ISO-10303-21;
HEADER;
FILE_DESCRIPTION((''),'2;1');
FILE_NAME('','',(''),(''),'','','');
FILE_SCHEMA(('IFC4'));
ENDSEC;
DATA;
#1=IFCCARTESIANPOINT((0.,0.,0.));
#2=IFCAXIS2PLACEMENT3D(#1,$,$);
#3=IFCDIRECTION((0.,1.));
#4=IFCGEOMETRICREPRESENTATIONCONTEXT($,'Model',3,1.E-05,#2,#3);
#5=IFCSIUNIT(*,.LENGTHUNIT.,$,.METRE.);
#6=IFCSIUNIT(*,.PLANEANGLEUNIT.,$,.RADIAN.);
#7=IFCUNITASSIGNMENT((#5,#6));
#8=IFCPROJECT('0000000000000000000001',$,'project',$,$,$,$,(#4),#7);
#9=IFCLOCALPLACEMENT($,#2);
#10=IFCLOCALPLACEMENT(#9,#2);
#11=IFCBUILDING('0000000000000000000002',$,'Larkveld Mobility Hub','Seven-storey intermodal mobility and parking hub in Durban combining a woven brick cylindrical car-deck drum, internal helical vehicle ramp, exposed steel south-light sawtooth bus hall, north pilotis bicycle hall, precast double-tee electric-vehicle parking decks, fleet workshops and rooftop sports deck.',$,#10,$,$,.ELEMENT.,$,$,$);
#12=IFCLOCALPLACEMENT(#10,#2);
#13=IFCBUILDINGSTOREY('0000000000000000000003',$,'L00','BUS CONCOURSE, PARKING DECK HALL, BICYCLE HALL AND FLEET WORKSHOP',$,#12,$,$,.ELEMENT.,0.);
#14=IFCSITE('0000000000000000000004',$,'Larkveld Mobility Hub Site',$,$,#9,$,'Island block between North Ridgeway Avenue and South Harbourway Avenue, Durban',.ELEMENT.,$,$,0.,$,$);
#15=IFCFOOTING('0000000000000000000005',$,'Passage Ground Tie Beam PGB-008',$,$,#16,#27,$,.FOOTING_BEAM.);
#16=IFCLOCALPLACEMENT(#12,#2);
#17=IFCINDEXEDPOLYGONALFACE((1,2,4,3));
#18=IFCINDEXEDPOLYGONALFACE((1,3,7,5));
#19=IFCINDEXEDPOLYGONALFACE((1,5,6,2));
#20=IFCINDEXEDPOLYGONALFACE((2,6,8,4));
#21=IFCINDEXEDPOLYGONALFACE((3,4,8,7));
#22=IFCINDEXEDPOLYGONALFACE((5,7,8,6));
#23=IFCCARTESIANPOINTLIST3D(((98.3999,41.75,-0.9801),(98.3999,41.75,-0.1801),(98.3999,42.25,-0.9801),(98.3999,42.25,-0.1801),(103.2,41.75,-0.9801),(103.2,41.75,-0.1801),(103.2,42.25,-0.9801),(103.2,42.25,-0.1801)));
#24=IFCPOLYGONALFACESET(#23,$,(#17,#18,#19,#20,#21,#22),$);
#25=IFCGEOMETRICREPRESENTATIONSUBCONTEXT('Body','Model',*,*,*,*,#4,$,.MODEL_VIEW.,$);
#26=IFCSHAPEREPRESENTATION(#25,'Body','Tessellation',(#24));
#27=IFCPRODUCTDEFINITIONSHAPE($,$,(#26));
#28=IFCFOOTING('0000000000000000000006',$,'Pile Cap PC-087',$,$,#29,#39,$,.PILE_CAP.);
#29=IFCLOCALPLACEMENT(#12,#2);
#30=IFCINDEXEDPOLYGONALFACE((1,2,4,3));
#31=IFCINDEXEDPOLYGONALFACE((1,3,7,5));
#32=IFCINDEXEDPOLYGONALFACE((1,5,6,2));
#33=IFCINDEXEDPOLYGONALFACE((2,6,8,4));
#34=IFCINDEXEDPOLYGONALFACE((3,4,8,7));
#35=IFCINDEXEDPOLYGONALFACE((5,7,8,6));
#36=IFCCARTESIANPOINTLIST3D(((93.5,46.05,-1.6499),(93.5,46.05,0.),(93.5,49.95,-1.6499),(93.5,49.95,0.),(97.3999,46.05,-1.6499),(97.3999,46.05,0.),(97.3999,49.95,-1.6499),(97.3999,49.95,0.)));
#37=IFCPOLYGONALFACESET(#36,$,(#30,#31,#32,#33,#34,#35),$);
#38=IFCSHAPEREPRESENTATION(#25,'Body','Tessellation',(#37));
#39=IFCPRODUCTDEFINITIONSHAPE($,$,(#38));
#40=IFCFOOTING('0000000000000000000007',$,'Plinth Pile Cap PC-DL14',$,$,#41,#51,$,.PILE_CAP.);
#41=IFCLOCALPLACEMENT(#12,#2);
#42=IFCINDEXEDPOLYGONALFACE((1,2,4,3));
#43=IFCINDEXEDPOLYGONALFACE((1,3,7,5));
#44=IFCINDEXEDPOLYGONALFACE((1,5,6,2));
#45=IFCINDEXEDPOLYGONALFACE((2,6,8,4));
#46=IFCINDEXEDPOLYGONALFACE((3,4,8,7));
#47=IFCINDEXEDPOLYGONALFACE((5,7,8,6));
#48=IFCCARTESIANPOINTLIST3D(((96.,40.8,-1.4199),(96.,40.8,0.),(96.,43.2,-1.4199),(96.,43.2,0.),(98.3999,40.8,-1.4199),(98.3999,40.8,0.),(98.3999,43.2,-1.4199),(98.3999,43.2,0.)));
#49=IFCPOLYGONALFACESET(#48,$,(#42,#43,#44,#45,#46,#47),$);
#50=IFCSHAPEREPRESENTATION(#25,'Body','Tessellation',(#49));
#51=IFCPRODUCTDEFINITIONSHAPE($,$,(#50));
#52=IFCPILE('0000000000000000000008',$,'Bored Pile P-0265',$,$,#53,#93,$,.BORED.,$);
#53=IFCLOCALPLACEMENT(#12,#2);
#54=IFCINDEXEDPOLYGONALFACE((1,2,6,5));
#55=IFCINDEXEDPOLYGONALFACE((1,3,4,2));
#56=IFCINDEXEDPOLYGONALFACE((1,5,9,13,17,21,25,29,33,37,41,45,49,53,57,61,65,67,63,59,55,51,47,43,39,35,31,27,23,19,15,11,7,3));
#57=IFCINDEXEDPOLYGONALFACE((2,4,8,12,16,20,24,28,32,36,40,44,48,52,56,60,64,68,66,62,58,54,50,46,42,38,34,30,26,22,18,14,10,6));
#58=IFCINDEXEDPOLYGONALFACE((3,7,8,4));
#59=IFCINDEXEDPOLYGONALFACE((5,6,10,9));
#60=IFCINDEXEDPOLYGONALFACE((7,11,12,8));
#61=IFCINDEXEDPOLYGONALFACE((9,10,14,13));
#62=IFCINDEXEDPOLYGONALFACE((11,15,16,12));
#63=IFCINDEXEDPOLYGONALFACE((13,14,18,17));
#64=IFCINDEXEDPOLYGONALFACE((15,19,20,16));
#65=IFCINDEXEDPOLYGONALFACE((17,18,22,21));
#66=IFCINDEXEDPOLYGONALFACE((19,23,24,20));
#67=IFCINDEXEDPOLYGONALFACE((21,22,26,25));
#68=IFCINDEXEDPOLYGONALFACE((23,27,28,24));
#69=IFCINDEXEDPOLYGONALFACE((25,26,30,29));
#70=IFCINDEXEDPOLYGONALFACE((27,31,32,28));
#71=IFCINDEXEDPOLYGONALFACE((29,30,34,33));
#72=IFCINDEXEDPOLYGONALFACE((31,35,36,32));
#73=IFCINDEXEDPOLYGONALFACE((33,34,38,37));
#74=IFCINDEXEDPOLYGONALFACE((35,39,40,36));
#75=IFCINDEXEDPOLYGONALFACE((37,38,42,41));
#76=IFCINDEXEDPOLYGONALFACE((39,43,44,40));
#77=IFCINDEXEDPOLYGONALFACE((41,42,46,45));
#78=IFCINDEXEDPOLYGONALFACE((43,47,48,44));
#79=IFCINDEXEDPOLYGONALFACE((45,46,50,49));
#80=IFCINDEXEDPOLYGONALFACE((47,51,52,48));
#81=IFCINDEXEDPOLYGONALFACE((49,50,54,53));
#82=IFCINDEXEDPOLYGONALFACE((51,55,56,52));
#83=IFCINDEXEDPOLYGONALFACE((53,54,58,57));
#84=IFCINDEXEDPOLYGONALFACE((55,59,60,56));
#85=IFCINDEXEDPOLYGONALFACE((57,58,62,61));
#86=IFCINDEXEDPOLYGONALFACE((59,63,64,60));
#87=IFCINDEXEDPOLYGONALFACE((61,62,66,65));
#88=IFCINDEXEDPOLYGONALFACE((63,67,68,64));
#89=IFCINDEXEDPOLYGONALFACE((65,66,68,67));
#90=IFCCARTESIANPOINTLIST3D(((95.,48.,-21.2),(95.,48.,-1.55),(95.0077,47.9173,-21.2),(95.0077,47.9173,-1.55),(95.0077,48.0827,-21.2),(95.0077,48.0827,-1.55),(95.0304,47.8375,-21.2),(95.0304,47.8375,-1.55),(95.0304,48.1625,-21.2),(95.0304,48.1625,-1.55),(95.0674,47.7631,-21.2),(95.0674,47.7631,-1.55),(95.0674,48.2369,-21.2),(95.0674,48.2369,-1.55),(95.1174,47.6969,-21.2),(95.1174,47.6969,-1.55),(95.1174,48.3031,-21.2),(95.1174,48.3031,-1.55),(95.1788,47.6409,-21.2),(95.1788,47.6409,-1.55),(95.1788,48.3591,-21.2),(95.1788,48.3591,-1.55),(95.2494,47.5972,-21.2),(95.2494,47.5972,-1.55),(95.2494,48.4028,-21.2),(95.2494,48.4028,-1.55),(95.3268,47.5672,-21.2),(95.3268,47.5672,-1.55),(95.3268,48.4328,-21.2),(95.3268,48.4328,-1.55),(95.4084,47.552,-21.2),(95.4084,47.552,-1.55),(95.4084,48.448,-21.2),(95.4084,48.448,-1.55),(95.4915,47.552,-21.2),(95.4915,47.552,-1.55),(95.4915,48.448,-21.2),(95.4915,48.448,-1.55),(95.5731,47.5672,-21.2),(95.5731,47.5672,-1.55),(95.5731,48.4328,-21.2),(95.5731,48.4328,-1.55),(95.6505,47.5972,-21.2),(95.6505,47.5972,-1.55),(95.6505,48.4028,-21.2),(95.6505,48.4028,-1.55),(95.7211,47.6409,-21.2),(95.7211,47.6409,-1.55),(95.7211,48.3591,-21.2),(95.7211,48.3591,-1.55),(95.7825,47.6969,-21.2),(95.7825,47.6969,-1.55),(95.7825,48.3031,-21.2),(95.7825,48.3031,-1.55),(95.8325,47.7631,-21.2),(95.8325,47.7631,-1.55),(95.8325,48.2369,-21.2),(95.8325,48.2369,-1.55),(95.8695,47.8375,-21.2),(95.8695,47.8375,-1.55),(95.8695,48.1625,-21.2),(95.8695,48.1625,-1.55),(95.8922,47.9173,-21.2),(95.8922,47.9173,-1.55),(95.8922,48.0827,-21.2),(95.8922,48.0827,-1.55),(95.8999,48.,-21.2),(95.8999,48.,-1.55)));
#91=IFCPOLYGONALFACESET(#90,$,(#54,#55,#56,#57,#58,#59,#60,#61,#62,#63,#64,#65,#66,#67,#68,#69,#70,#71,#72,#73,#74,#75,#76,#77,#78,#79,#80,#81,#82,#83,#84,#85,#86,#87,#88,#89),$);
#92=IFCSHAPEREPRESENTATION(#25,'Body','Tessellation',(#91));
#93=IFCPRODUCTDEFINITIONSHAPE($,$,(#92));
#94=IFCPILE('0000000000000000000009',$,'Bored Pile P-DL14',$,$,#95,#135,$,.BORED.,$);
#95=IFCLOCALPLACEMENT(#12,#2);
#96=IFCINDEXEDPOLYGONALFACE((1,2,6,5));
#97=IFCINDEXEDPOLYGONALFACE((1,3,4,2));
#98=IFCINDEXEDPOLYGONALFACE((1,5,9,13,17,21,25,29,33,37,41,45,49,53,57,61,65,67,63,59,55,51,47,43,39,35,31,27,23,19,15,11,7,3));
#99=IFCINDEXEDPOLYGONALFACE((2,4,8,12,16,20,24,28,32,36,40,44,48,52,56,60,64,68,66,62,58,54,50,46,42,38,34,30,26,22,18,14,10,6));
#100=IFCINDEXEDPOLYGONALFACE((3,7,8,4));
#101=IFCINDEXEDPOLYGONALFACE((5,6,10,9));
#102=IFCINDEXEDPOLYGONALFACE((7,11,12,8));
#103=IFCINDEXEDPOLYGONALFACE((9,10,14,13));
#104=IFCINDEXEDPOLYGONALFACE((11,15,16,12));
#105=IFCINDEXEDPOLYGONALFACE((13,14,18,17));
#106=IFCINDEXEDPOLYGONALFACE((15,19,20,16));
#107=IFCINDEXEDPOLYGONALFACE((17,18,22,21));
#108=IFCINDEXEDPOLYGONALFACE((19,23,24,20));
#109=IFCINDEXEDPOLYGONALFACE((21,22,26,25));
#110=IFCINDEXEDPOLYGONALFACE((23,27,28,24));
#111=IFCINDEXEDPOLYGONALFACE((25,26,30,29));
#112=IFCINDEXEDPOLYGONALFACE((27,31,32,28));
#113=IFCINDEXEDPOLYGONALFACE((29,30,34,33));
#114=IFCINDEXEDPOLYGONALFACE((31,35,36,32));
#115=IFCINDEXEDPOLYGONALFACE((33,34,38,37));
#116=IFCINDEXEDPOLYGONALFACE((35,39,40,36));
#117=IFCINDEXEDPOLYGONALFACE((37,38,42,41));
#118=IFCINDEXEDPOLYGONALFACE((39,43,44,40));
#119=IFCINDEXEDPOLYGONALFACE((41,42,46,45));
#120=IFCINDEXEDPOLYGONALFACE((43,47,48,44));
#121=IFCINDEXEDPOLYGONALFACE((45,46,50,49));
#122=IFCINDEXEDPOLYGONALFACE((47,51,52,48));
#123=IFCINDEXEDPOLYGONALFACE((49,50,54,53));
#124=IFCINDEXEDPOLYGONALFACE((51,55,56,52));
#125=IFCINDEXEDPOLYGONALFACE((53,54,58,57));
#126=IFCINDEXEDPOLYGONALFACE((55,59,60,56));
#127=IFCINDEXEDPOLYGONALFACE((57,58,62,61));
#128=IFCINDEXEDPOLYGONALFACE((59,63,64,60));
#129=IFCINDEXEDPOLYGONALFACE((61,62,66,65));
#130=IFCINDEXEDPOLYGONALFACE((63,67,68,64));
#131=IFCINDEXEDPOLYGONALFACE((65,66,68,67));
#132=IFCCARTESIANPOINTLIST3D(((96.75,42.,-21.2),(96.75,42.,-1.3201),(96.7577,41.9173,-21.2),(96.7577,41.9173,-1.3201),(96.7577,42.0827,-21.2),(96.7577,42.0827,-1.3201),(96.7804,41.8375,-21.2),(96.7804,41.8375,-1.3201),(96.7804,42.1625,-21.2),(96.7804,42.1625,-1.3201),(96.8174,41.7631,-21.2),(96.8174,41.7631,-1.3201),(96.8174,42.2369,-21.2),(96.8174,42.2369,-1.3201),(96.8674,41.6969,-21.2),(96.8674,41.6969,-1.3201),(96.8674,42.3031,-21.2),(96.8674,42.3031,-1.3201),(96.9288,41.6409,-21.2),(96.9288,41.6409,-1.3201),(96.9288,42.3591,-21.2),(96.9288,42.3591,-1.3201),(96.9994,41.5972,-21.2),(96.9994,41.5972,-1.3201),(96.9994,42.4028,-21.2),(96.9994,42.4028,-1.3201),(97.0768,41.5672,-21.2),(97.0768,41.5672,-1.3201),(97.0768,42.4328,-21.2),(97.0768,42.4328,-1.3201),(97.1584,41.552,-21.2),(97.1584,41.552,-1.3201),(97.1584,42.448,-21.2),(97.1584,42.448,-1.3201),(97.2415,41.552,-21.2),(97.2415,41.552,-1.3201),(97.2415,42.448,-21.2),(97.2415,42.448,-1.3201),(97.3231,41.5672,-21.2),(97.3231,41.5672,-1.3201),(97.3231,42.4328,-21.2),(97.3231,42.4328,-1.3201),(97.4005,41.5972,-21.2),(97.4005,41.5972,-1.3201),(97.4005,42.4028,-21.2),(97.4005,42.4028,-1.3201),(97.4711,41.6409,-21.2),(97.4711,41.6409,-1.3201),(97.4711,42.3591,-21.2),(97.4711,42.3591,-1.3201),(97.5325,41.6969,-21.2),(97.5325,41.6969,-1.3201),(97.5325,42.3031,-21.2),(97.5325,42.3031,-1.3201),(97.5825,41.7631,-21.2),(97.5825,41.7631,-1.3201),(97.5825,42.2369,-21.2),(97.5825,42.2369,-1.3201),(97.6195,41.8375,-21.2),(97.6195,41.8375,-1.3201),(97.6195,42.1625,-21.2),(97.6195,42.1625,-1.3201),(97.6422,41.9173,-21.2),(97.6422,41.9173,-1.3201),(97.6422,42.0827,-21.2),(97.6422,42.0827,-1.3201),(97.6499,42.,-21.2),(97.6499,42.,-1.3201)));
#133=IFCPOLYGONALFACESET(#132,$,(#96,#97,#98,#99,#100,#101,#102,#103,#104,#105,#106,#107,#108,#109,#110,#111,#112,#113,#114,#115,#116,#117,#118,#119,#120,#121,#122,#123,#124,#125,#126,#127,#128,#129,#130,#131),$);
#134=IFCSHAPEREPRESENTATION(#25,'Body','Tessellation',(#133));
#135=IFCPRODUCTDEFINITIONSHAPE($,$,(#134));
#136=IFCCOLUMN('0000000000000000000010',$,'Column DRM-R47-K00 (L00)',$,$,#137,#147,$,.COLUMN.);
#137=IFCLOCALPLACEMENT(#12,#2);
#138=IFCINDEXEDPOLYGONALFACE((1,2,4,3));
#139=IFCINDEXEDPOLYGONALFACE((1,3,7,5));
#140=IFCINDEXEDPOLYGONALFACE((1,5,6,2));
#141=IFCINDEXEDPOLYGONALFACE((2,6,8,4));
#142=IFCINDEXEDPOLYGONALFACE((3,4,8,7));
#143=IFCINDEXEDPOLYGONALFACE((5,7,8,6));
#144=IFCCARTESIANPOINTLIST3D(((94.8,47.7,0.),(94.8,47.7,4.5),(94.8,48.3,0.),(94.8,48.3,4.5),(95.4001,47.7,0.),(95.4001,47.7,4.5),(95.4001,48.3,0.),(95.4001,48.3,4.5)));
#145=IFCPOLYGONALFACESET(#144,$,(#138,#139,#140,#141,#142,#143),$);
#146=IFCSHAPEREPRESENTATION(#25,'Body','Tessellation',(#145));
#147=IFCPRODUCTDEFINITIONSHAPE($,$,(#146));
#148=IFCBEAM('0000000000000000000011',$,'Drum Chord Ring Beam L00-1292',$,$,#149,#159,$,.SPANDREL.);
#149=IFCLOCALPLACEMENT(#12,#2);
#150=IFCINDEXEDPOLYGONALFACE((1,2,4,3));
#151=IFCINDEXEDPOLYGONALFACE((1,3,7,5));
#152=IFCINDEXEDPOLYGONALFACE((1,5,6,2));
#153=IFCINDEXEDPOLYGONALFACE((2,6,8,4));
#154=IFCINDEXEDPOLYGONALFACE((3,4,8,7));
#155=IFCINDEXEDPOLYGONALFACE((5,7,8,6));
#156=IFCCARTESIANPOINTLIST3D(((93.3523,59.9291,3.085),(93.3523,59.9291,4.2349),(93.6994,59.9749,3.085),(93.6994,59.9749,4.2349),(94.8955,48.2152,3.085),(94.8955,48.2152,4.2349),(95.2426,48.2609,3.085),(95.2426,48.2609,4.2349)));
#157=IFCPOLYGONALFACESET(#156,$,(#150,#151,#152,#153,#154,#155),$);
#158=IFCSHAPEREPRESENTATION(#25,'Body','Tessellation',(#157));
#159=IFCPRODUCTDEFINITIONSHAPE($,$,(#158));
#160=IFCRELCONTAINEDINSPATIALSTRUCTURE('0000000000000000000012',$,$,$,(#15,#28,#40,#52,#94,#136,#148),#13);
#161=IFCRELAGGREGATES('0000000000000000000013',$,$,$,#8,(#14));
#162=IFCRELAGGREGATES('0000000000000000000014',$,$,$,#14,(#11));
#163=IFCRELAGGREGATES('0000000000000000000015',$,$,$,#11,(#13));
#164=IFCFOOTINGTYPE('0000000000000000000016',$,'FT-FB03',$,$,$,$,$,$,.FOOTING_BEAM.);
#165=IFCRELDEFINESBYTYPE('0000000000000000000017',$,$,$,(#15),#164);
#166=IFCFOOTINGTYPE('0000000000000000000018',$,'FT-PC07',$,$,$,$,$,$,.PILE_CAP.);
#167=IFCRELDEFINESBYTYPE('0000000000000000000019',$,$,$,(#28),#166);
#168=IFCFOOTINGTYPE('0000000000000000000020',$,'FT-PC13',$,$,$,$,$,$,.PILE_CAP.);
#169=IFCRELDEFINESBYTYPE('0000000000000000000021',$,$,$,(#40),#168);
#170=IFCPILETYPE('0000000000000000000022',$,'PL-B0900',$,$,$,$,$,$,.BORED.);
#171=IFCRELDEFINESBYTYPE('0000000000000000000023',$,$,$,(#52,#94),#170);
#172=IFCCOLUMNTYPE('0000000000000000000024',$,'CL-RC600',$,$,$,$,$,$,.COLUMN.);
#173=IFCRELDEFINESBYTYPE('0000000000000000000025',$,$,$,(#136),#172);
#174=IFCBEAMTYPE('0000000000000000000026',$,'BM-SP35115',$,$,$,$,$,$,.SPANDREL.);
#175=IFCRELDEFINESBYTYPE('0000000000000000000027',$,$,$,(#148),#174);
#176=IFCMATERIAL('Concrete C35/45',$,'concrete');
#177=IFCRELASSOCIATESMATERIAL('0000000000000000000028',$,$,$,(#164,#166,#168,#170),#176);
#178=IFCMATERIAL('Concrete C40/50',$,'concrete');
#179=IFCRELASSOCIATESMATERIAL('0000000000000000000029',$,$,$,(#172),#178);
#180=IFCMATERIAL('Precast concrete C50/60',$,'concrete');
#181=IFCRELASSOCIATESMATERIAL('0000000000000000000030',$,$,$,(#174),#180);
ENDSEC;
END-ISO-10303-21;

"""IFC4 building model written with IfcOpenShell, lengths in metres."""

from ifc_helpers import new_model, si_unit, direction, frame, origin, origin_2d, place, context, subcontext, project, spatial, rectangle, circle, extrude, material, material_profile, profile_set, type_object, element, save


model = new_model("IFC4")

# Units and contexts
model_context = context("Model", 3, precision=1e-05, world=origin(), true_north=direction((0.0, 1.0)))
body_context = subcontext(model_context, "Body", "Model", "MODEL_VIEW")
ifc_project = project(units=[si_unit("LENGTHUNIT", "METRE"), si_unit("PLANEANGLEUNIT", "RADIAN")], contexts=[model_context])

# Site, building, storey
site_placement = place(None, origin())
site = spatial("IfcSite", under=ifc_project, at=site_placement, Name="Larkveld Mobility Hub Site", LongName="Island block between North Ridgeway Avenue and South Harbourway Avenue, Durban", CompositionType="ELEMENT", RefElevation=0.0)
building_placement = place(site_placement, origin())
building = spatial("IfcBuilding", under=site, at=building_placement, Name="Larkveld Mobility Hub", Description="Seven-storey intermodal mobility and parking hub in Durban combining a woven brick cylindrical car-deck drum, internal helical vehicle ramp, exposed steel south-light sawtooth bus hall, north pilotis bicycle hall, precast double-tee electric-vehicle parking decks, fleet workshops and rooftop sports deck.", CompositionType="ELEMENT")
storey_placement = place(building_placement, origin())
storey = spatial("IfcBuildingStorey", under=building, at=storey_placement, Name="L00", Description="BUS CONCOURSE, PARKING DECK HALL, BICYCLE HALL AND FLEET WORKSHOP", CompositionType="ELEMENT", Elevation=0.0)

# Footings
ifc_material_1 = material(Name="Concrete C35/45", Category="concrete")
ifc_material_profile_1 = material_profile(ifc_material_1, rectangle(XDim=0.5, YDim=0.8, at=origin_2d()), Name="RC BM 500x800")
ifc_profile_set_1 = profile_set([ifc_material_profile_1], Name="Concrete C35/45")
footing_type_1 = type_object("IfcFootingType", Name="FT-FB03", PredefinedType="FOOTING_BEAM", material=ifc_profile_set_1)
footing_1_placement = place(storey_placement, frame((98.3999, 42.0, -0.5801), z_axis=(1.0, 0.0, 0.0), x_axis=(0.0, 1.0, 0.0)))
element("IfcFooting", 1, at=footing_1_placement, inside=storey, type_object=footing_type_1, Name="Passage Ground Tie Beam PGB-008", PredefinedType="FOOTING_BEAM", context=body_context, shape_type="SweptSolid", body=[
    extrude(rectangle(XDim=0.5, YDim=0.8, at=origin_2d()), origin(), (0.0, 0.0, 1.0), 4.8),
])
footing_type_2 = type_object("IfcFootingType", Name="FT-PC07", PredefinedType="PILE_CAP", material=ifc_material_1)
footing_2_placement = place(storey_placement, frame((95.45, 48.0, -1.6499), z_axis=(0.0, 0.0, 1.0), x_axis=(1.0, 0.0, 0.0)))
element("IfcFooting", 2, at=footing_2_placement, inside=storey, type_object=footing_type_2, Name="Pile Cap PC-087", PredefinedType="PILE_CAP", context=body_context, shape_type="SweptSolid", body=[
    extrude(rectangle(XDim=3.8999, YDim=3.8999, at=origin_2d()), origin(), (0.0, 0.0, 1.0), 1.6499),
])
footing_type_3 = type_object("IfcFootingType", Name="FT-PC13", PredefinedType="PILE_CAP", material=ifc_material_1)
footing_3_placement = place(storey_placement, frame((97.2, 42.0, -1.4199), z_axis=(0.0, 0.0, 1.0), x_axis=(1.0, 0.0, 0.0)))
element("IfcFooting", 3, at=footing_3_placement, inside=storey, type_object=footing_type_3, Name="Plinth Pile Cap PC-DL14", PredefinedType="PILE_CAP", context=body_context, shape_type="SweptSolid", body=[
    extrude(rectangle(XDim=2.3999, YDim=2.3999, at=origin_2d()), origin(), (0.0, 0.0, 1.0), 1.4199),
])

# Piles
ifc_material_profile_2 = material_profile(ifc_material_1, circle(Radius=0.45, at=origin_2d()), Name="PILE D900")
ifc_profile_set_2 = profile_set([ifc_material_profile_2], Name="Concrete C35/45")
pile_type = type_object("IfcPileType", Name="PL-B0900", PredefinedType="BORED", material=ifc_profile_set_2)
pile_1_placement = place(storey_placement, frame((95.45, 48.0, -1.55), z_axis=(0.0, 0.0, -1.0), x_axis=(1.0, 0.0, 0.0)))
element("IfcPile", 4, at=pile_1_placement, inside=storey, type_object=pile_type, Name="Bored Pile P-0265", PredefinedType="BORED", context=body_context, shape_type="SweptSolid", body=[
    extrude(circle(Radius=0.45, at=origin_2d()), origin(), (0.0, 0.0, 1.0), 19.6499),
])
pile_2_placement = place(storey_placement, frame((97.2, 42.0, -1.3201), z_axis=(0.0, 0.0, -1.0), x_axis=(1.0, 0.0, 0.0)))
element("IfcPile", 5, at=pile_2_placement, inside=storey, type_object=pile_type, Name="Bored Pile P-DL14", PredefinedType="BORED", context=body_context, shape_type="SweptSolid", body=[
    extrude(circle(Radius=0.45, at=origin_2d()), origin(), (0.0, 0.0, 1.0), 19.8799),
])

# Column
ifc_material_2 = material(Name="Concrete C40/50", Category="concrete")
ifc_material_profile_3 = material_profile(ifc_material_2, rectangle(XDim=0.6001, YDim=0.6001, at=origin_2d()), Name="RC COL 600x600")
ifc_profile_set_3 = profile_set([ifc_material_profile_3], Name="Concrete C40/50")
column_type = type_object("IfcColumnType", Name="CL-RC600", PredefinedType="COLUMN", material=ifc_profile_set_3)
column_placement = place(storey_placement, frame((95.1001, 48.0, 0.0), z_axis=(0.0, 0.0, 1.0), x_axis=(1.0, 0.0, 0.0)))
element("IfcColumn", 6, at=column_placement, inside=storey, type_object=column_type, Name="Column DRM-R47-K00 (L00)", PredefinedType="COLUMN", context=body_context, shape_type="SweptSolid", body=[
    extrude(rectangle(XDim=0.6001, YDim=0.6001, at=origin_2d()), origin(), (0.0, 0.0, 1.0), 4.5),
])

# Beam
ifc_material_3 = material(Name="Precast concrete C50/60", Category="concrete")
ifc_material_profile_4 = material_profile(ifc_material_3, rectangle(XDim=0.3501, YDim=1.1499, at=origin_2d()), Name="PC SP 350x1150")
ifc_profile_set_4 = profile_set([ifc_material_profile_4], Name="Precast concrete C50/60")
beam_type = type_object("IfcBeamType", Name="BM-SP35115", PredefinedType="SPANDREL", material=ifc_profile_set_4)
beam_placement = place(storey_placement, frame((95.0691, 48.238, 3.6599), z_axis=(-0.130614, 0.991433, 0.0), x_axis=(-0.991433, -0.130614, 0.0)))
element("IfcBeam", 7, at=beam_placement, inside=storey, type_object=beam_type, Name="Drum Chord Ring Beam L00-1292", PredefinedType="SPANDREL", context=body_context, shape_type="SweptSolid", body=[
    extrude(rectangle(XDim=0.3501, YDim=1.1499, at=origin_2d()), origin(), (0.0, 0.0, 1.0), 11.8152),
])

save(model, "model.ifc")
